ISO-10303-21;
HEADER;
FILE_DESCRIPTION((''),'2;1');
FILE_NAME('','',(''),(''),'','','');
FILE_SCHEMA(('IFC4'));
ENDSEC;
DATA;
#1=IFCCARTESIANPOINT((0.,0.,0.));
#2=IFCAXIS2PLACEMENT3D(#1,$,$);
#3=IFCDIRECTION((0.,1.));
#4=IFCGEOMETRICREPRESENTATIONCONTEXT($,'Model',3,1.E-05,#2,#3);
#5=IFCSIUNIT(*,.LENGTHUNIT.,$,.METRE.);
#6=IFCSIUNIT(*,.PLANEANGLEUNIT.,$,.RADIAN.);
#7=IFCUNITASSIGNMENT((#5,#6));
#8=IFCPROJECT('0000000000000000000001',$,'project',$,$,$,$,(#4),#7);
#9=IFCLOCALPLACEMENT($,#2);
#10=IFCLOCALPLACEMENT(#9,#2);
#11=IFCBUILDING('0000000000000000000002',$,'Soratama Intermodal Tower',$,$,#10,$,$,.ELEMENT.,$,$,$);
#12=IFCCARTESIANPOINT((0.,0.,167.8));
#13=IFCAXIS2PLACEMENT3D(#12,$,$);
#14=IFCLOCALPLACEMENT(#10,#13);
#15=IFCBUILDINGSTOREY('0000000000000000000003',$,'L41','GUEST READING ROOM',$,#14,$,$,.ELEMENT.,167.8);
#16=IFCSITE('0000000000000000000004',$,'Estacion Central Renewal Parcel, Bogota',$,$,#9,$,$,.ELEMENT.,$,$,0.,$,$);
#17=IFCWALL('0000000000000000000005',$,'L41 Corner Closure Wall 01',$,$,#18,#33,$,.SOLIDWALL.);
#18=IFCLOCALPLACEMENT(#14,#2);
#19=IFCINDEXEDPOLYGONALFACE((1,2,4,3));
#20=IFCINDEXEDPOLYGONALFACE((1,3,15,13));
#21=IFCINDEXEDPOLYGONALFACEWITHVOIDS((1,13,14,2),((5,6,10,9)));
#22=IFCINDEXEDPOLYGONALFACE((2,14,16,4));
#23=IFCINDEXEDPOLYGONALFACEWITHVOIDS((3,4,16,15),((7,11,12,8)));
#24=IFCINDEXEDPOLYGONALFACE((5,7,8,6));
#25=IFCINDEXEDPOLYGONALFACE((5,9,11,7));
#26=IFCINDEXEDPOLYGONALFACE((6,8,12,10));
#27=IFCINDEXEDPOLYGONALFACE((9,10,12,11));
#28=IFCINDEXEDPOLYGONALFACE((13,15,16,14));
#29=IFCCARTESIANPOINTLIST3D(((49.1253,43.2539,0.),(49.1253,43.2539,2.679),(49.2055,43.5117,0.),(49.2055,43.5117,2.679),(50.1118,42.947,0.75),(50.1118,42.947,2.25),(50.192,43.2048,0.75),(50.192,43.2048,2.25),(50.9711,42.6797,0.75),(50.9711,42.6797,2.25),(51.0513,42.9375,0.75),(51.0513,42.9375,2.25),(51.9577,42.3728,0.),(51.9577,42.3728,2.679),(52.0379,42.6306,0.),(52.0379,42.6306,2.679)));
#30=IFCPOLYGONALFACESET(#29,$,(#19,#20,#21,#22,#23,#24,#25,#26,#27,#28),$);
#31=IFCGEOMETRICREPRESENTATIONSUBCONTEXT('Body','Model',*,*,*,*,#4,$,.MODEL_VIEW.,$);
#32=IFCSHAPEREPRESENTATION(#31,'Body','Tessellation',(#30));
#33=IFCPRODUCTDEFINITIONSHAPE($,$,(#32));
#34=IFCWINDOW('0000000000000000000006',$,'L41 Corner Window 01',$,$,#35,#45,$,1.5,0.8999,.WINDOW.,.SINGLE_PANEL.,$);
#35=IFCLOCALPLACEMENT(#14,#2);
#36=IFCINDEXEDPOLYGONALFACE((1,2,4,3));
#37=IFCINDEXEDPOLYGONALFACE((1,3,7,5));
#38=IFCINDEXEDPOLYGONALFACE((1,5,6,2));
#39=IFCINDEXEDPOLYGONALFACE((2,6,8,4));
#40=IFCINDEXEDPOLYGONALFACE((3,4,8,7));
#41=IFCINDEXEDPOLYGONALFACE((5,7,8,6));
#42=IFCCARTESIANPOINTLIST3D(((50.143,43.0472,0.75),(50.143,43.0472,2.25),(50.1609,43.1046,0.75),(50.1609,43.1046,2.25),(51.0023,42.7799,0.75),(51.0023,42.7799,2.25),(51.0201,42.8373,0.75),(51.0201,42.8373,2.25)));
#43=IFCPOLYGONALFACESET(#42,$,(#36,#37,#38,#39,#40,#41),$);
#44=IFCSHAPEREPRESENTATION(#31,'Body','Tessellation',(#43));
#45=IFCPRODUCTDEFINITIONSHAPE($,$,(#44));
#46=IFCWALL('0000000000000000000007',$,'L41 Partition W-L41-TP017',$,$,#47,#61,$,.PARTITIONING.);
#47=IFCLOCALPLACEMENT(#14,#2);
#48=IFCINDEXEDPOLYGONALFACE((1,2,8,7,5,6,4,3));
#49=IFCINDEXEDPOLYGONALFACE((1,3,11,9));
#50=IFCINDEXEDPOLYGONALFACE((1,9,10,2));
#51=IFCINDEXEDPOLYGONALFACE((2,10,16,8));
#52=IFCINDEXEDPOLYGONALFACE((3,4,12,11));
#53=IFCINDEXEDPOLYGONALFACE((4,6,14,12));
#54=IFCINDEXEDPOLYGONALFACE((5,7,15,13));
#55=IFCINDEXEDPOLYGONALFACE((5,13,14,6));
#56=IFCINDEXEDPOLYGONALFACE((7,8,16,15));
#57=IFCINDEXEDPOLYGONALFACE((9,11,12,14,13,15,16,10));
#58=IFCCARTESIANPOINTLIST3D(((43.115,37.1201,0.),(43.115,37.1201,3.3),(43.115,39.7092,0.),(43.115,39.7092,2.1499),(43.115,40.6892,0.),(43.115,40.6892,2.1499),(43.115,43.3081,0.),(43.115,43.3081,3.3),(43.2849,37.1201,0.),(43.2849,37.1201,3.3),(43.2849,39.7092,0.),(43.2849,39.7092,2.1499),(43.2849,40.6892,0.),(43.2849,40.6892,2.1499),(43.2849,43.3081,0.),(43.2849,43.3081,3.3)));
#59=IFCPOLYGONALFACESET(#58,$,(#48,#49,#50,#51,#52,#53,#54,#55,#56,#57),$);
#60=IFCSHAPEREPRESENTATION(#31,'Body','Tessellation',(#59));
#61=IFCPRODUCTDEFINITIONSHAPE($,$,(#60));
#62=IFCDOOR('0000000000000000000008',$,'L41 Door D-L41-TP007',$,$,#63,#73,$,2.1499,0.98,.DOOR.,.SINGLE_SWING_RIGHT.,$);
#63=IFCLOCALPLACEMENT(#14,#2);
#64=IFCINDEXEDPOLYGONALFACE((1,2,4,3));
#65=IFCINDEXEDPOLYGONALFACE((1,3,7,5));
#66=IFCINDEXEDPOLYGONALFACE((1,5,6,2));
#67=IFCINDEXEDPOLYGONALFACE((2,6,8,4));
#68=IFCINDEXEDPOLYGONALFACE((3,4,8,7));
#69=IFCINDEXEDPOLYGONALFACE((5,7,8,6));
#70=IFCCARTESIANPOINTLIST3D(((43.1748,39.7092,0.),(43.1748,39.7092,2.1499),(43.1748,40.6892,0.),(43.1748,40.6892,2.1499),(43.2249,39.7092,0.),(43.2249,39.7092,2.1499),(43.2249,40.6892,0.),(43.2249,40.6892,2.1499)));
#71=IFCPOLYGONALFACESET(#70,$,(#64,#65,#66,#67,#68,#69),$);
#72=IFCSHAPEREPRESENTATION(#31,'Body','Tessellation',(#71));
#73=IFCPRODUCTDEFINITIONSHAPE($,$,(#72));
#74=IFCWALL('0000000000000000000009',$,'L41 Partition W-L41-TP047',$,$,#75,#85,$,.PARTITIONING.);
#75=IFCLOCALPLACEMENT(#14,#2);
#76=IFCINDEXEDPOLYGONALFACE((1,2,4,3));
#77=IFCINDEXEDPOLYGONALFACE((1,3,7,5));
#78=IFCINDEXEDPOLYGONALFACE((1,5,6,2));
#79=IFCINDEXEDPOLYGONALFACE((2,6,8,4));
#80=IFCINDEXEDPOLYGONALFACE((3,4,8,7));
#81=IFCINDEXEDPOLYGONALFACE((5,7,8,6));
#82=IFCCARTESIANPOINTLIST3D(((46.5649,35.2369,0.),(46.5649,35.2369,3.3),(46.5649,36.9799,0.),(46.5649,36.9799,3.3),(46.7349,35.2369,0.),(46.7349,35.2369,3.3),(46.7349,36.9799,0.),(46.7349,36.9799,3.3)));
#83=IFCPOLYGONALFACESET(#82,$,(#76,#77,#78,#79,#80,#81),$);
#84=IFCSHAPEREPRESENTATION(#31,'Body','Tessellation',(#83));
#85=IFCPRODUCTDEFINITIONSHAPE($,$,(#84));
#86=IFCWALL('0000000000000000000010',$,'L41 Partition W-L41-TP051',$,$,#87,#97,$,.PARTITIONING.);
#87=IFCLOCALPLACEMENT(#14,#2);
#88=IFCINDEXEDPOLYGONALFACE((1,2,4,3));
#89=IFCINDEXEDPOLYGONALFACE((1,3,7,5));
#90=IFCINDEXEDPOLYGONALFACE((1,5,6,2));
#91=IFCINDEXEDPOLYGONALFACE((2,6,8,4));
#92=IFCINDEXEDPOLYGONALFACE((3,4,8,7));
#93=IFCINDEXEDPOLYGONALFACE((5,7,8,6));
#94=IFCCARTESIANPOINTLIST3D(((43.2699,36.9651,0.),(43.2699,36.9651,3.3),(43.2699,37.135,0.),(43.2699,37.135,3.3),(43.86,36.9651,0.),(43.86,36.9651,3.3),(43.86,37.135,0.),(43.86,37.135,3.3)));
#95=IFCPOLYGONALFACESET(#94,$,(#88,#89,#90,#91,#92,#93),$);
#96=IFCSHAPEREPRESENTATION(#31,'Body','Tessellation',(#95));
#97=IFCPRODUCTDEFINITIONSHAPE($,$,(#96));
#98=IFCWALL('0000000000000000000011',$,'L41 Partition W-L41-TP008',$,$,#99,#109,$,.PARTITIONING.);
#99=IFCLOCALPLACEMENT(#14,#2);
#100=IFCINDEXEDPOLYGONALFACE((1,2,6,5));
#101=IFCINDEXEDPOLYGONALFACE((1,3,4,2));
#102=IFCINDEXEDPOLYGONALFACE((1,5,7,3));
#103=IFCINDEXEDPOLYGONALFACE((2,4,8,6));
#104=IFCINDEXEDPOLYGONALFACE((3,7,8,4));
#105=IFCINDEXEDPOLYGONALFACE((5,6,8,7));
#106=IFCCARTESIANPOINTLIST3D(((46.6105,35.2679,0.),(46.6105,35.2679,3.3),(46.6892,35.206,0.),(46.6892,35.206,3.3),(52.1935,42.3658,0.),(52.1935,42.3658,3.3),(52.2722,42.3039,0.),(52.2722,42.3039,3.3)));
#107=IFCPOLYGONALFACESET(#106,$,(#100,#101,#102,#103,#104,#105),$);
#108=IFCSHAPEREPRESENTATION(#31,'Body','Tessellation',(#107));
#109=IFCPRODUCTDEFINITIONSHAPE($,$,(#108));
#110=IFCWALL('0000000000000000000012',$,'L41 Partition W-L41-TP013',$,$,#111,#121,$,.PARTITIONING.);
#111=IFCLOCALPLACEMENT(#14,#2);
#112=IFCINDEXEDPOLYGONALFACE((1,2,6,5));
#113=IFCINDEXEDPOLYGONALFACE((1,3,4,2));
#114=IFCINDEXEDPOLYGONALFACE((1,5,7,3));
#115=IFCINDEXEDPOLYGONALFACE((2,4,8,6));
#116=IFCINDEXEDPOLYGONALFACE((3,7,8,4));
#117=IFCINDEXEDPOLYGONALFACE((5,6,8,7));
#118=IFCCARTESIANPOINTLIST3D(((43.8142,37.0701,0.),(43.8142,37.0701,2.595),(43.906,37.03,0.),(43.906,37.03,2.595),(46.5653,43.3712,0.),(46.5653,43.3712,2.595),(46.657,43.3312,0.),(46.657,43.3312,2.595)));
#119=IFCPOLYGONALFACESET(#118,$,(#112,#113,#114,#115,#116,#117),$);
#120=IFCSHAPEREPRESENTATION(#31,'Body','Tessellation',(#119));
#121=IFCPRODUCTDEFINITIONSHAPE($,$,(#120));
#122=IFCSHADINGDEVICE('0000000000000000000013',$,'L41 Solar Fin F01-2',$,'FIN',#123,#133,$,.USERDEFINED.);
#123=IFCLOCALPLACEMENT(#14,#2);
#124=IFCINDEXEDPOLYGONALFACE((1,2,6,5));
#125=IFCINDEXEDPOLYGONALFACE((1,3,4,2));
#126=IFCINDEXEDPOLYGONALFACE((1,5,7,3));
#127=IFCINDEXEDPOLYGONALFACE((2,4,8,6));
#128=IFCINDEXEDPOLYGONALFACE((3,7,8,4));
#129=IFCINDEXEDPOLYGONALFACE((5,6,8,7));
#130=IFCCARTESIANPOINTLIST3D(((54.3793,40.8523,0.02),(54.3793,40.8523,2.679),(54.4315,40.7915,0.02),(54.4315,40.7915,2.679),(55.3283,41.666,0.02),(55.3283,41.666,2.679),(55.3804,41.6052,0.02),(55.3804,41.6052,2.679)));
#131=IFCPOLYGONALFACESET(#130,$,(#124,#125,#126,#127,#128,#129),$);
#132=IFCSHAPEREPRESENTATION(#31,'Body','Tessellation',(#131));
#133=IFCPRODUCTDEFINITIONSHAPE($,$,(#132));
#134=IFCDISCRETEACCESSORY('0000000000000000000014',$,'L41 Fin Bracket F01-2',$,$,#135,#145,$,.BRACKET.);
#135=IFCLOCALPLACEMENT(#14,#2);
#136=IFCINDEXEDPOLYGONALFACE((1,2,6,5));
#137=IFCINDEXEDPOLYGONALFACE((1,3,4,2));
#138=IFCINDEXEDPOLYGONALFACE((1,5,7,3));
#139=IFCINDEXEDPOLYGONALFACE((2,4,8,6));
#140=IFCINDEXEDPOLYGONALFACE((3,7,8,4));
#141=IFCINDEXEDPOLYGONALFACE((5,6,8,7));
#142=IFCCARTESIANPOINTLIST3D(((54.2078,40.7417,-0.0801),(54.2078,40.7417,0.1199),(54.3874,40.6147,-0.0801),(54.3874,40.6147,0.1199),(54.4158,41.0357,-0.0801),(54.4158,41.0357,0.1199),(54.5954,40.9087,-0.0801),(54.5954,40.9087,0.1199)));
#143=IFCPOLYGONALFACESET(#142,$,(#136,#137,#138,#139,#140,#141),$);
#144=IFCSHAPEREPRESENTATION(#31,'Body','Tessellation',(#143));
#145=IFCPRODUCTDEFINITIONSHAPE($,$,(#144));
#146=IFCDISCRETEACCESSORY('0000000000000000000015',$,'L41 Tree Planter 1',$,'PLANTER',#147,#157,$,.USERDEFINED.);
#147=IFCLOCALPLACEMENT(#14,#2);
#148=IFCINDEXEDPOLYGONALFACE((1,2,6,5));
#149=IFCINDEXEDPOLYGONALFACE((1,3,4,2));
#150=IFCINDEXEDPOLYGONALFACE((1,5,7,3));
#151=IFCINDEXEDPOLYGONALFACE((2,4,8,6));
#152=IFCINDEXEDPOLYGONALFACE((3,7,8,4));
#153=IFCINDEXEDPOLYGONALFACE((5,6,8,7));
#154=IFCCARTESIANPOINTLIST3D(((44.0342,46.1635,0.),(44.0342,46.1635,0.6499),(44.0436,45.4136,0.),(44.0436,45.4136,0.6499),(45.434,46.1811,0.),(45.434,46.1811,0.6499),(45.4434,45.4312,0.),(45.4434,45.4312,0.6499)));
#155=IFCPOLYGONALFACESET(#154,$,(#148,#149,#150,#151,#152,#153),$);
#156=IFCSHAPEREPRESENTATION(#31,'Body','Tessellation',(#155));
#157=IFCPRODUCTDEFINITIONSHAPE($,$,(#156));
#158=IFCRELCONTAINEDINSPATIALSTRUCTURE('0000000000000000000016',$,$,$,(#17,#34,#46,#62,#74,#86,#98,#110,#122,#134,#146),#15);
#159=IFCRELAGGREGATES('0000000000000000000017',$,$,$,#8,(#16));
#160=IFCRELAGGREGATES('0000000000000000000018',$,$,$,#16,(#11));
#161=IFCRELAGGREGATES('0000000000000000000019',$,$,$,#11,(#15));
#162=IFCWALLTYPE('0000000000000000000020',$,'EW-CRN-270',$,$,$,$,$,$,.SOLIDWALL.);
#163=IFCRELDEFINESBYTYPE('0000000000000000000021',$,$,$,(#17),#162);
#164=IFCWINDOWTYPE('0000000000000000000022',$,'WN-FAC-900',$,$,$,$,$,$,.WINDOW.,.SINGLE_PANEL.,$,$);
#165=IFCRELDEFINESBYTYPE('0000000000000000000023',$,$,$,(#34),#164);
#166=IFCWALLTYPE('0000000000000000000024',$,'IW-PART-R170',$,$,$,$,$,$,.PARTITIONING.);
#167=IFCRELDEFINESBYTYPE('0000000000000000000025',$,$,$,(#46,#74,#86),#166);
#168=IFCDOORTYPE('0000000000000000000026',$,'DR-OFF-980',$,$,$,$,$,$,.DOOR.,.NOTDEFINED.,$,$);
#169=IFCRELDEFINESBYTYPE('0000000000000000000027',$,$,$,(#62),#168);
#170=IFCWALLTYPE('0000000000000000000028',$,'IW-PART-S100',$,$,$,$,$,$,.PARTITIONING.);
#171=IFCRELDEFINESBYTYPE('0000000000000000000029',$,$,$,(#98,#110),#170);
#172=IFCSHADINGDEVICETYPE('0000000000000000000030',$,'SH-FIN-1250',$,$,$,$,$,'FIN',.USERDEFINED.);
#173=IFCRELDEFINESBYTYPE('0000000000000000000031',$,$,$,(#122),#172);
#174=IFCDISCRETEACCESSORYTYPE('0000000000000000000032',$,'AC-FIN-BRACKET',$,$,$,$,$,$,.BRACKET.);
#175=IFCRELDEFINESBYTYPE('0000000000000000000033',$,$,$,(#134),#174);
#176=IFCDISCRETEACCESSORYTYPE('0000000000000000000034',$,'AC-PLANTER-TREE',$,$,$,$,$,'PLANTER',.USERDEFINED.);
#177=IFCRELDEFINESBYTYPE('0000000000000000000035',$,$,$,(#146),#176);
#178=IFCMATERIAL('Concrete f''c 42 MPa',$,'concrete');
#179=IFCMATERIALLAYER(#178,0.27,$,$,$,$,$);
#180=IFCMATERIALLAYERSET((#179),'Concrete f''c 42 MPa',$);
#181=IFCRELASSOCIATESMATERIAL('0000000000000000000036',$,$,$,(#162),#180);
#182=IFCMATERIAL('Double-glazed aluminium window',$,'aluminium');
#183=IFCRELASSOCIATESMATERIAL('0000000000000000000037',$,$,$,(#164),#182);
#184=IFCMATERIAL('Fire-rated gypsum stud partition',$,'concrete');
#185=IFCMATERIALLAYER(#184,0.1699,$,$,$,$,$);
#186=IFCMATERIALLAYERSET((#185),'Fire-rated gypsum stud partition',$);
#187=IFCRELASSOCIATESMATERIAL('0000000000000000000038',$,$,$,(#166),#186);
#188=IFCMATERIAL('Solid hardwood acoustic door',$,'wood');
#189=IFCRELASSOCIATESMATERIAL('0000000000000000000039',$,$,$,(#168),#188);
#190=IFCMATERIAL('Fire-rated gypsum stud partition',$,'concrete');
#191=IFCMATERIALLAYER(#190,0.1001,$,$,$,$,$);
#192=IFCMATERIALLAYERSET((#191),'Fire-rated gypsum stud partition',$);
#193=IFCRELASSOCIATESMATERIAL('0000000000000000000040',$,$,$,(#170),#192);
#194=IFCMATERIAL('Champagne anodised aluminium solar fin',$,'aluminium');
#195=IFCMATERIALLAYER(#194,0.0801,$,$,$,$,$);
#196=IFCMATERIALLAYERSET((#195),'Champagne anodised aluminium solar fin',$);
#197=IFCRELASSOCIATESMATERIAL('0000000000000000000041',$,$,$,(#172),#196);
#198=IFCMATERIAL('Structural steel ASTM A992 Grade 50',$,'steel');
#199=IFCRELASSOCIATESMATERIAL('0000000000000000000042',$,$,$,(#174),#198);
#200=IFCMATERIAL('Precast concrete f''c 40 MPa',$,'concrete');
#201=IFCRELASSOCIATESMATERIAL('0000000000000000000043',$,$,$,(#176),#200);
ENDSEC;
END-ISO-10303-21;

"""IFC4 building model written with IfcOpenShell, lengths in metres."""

from ifc_helpers import new_model, si_unit, direction, frame, frame_2d, origin, origin_2d, place, context, subcontext, project, spatial, rectangle, extrude, material, layer, layer_set, type_object, element, fill, save


model = new_model("IFC4")

# Units and contexts
model_context = context("Model", 3, precision=1e-05, world=origin(), true_north=direction((0.0, 1.0)))
body_context = subcontext(model_context, "Body", "Model", "MODEL_VIEW")
ifc_project = project(units=[si_unit("LENGTHUNIT", "METRE"), si_unit("PLANEANGLEUNIT", "RADIAN")], contexts=[model_context])

# Site, building, storey
site_placement = place(None, origin())
site = spatial("IfcSite", under=ifc_project, at=site_placement, Name="Estacion Central Renewal Parcel, Bogota", CompositionType="ELEMENT", RefElevation=0.0)
building_placement = place(site_placement, origin())
building = spatial("IfcBuilding", under=site, at=building_placement, Name="Soratama Intermodal Tower", CompositionType="ELEMENT")
storey_placement = place(building_placement, frame((0.0, 0.0, 167.8)))
storey = spatial("IfcBuildingStorey", under=building, at=storey_placement, Name="L41", Description="GUEST READING ROOM", CompositionType="ELEMENT", Elevation=167.8)

# Wall, opening, window
ifc_material_1 = material(Name="Concrete f'c 42 MPa", Category="concrete")
ifc_layer_1 = layer(ifc_material_1, 0.27)
ifc_layer_set_1 = layer_set([ifc_layer_1], Name="Concrete f'c 42 MPa")
wall_type_1 = type_object("IfcWallType", Name="EW-CRN-270", PredefinedType="SOLIDWALL", material=ifc_layer_set_1)
wall_1_placement = place(storey_placement, frame((51.9978, 42.5017, 0.0), z_axis=(0.0, 0.0, 1.0), x_axis=(-0.954869, 0.297028, 0.0)))
wall_1 = element("IfcWall", 1, at=wall_1_placement, inside=storey, type_object=wall_type_1, Name="L41 Corner Closure Wall 01", PredefinedType="SOLIDWALL", context=body_context, shape_type="SweptSolid", body=[
    extrude(rectangle(XDim=2.9663, YDim=0.27, at=frame_2d((1.4832, 0.0))), origin(), (0.0, 0.0, 1.0), 2.679),
])
opening_1_placement = place(wall_1_placement, frame((1.0332, 0.0, 0.75)))
opening_1 = element("IfcOpeningElement", 2, at=opening_1_placement, cuts=wall_1, PredefinedType="OPENING", context=body_context, shape_type="SweptSolid", body=[
    extrude(rectangle(XDim=0.8999, YDim=1.5, at=frame_2d((0.45, 0.75))), frame((0.0, 0.145, 0.0), z_axis=(0.0, -1.0, 0.0), x_axis=(1.0, 0.0, 0.0)), (0.0, 0.0, 1.0), 0.29),
])
ifc_material_2 = material(Name="Double-glazed aluminium window", Category="aluminium")
window_type_1 = type_object("IfcWindowType", Name="WN-FAC-900", PartitioningType="SINGLE_PANEL", PredefinedType="WINDOW", material=ifc_material_2)
window_1_placement = place(opening_1_placement, origin())
window_1 = element("IfcWindow", 3, at=window_1_placement, inside=storey, type_object=window_type_1, Name="L41 Corner Window 01", OverallHeight=1.5, OverallWidth=0.8999, PartitioningType="SINGLE_PANEL", PredefinedType="WINDOW", context=body_context, shape_type="SweptSolid", body=[
    extrude(rectangle(XDim=0.8999, YDim=1.5, at=frame_2d((0.45, 0.75))), frame((0.0, 0.03, 0.0), z_axis=(0.0, -1.0, 0.0), x_axis=(1.0, 0.0, 0.0)), (0.0, 0.0, 1.0), 0.0601),
])
fill(opening_1, window_1)

# Wall, opening, door
ifc_material_3 = material(Name="Fire-rated gypsum stud partition", Category="concrete")
ifc_layer_2 = layer(ifc_material_3, 0.1699)
ifc_layer_set_2 = layer_set([ifc_layer_2], Name="Fire-rated gypsum stud partition")
wall_type_2 = type_object("IfcWallType", Name="IW-PART-R170", PredefinedType="PARTITIONING", material=ifc_layer_set_2)
wall_2_placement = place(storey_placement, frame((43.2, 43.3081, 0.0), z_axis=(0.0, 0.0, 1.0), x_axis=(0.0, -1.0, 0.0)))
wall_2 = element("IfcWall", 4, at=wall_2_placement, inside=storey, type_object=wall_type_2, Name="L41 Partition W-L41-TP017", PredefinedType="PARTITIONING", context=body_context, shape_type="SweptSolid", body=[
    extrude(rectangle(XDim=6.188, YDim=0.1699, at=frame_2d((3.094, 0.0))), origin(), (0.0, 0.0, 1.0), 3.3),
])
opening_2_placement = place(wall_2_placement, frame((2.6189, 0.0, 0.0)))
opening_2 = element("IfcOpeningElement", 5, at=opening_2_placement, cuts=wall_2, PredefinedType="OPENING", context=body_context, shape_type="SweptSolid", body=[
    extrude(rectangle(XDim=0.98, YDim=2.1499, at=frame_2d((0.49, 1.075))), frame((0.0, 0.095, 0.0), z_axis=(0.0, -1.0, 0.0), x_axis=(1.0, 0.0, 0.0)), (0.0, 0.0, 1.0), 0.1899),
])
ifc_material_4 = material(Name="Solid hardwood acoustic door", Category="wood")
door_type_1 = type_object("IfcDoorType", Name="DR-OFF-980", OperationType="NOTDEFINED", PredefinedType="DOOR", material=ifc_material_4)
door_1_placement = place(opening_2_placement, origin())
door_1 = element("IfcDoor", 6, at=door_1_placement, inside=storey, type_object=door_type_1, Name="L41 Door D-L41-TP007", OperationType="SINGLE_SWING_RIGHT", OverallHeight=2.1499, OverallWidth=0.98, PredefinedType="DOOR", context=body_context, shape_type="SweptSolid", body=[
    extrude(rectangle(XDim=0.98, YDim=2.1499, at=frame_2d((0.49, 1.075))), frame((0.0, 0.0249, 0.0), z_axis=(0.0, -1.0, 0.0), x_axis=(1.0, 0.0, 0.0)), (0.0, 0.0, 1.0), 0.05),
])
fill(opening_2, door_1)

# Walls
wall_3_placement = place(storey_placement, frame((46.6499, 36.98, 0.0), z_axis=(0.0, 0.0, 1.0), x_axis=(0.0, -1.0, 0.0)))
element("IfcWall", 7, at=wall_3_placement, inside=storey, type_object=wall_type_2, Name="L41 Partition W-L41-TP047", PredefinedType="PARTITIONING", context=body_context, shape_type="SweptSolid", body=[
    extrude(rectangle(XDim=1.7429, YDim=0.1699, at=frame_2d((0.8716, 0.0))), origin(), (0.0, 0.0, 1.0), 3.3),
])
wall_4_placement = place(storey_placement, frame((43.27, 37.05, 0.0), z_axis=(0.0, 0.0, 1.0), x_axis=(1.0, 0.0, 0.0)))
element("IfcWall", 8, at=wall_4_placement, inside=storey, type_object=wall_type_2, Name="L41 Partition W-L41-TP051", PredefinedType="PARTITIONING", context=body_context, shape_type="SweptSolid", body=[
    extrude(rectangle(XDim=0.5901, YDim=0.1699, at=frame_2d((0.2949, 0.0))), origin(), (0.0, 0.0, 1.0), 3.3),
])
ifc_material_5 = material(Name="Fire-rated gypsum stud partition", Category="concrete")
ifc_layer_3 = layer(ifc_material_5, 0.1001)
ifc_layer_set_3 = layer_set([ifc_layer_3], Name="Fire-rated gypsum stud partition")
wall_type_3 = type_object("IfcWallType", Name="IW-PART-S100", PredefinedType="PARTITIONING", material=ifc_layer_set_3)
wall_5_placement = place(storey_placement, frame((46.6499, 35.2371, 0.0), z_axis=(0.0, 0.0, 1.0), x_axis=(0.618238, 0.785991, 0.0)))
element("IfcWall", 9, at=wall_5_placement, inside=storey, type_object=wall_type_3, Name="L41 Partition W-L41-TP008", PredefinedType="PARTITIONING", context=body_context, shape_type="SweptSolid", body=[
    extrude(rectangle(XDim=9.0305, YDim=0.1001, at=frame_2d((4.5151, 0.0))), origin(), (0.0, 0.0, 1.0), 3.3),
])
wall_6_placement = place(storey_placement, frame((43.8601, 37.05, 0.0), z_axis=(0.0, 0.0, 1.0), x_axis=(0.40012, 0.916463, 0.0)))
element("IfcWall", 10, at=wall_6_placement, inside=storey, type_object=wall_type_3, Name="L41 Partition W-L41-TP013", PredefinedType="PARTITIONING", context=body_context, shape_type="SweptSolid", body=[
    extrude(rectangle(XDim=6.8755, YDim=0.1001, at=frame_2d((3.4377, 0.0))), origin(), (0.0, 0.0, 1.0), 2.595),
])

# Shading device
ifc_material_6 = material(Name="Champagne anodised aluminium solar fin", Category="aluminium")
ifc_layer_4 = layer(ifc_material_6, 0.0801)
ifc_layer_set_4 = layer_set([ifc_layer_4], Name="Champagne anodised aluminium solar fin")
shading_device_type = type_object("IfcShadingDeviceType", Name="SH-FIN-1250", ElementType="FIN", PredefinedType="USERDEFINED", material=ifc_layer_set_4)
shading_device_placement = place(storey_placement, frame((54.8799, 41.2288, 0.02), z_axis=(0.0, 0.0, 1.0), x_axis=(0.759158, 0.650907, 0.0)))
element("IfcShadingDevice", 11, at=shading_device_placement, inside=storey, type_object=shading_device_type, Name="L41 Solar Fin F01-2", ObjectType="FIN", PredefinedType="USERDEFINED", context=body_context, shape_type="SweptSolid", body=[
    extrude(rectangle(XDim=1.25, YDim=0.0801, at=origin_2d()), origin(), (0.0, 0.0, 1.0), 2.6589),
])

# Discrete accessories
ifc_material_7 = material(Name="Structural steel ASTM A992 Grade 50", Category="steel")
discrete_accessory_type_1 = type_object("IfcDiscreteAccessoryType", Name="AC-FIN-BRACKET", PredefinedType="BRACKET", material=ifc_material_7)
discrete_accessory_1_placement = place(storey_placement, frame((54.4016, 40.8252, -0.0801), z_axis=(0.0, 0.0, 1.0), x_axis=(0.577573, 0.816339, 0.0)))
element("IfcDiscreteAccessory", 12, at=discrete_accessory_1_placement, inside=storey, type_object=discrete_accessory_type_1, Name="L41 Fin Bracket F01-2", PredefinedType="BRACKET", context=body_context, shape_type="SweptSolid", body=[
    extrude(rectangle(XDim=0.3601, YDim=0.22, at=origin_2d()), origin(), (0.0, 0.0, 1.0), 0.2),
])
ifc_material_8 = material(Name="Precast concrete f'c 40 MPa", Category="concrete")
discrete_accessory_type_2 = type_object("IfcDiscreteAccessoryType", Name="AC-PLANTER-TREE", ElementType="PLANTER", PredefinedType="USERDEFINED", material=ifc_material_8)
discrete_accessory_2_placement = place(storey_placement, frame((44.7388, 45.7974, 0.0), z_axis=(0.0, 0.0, 1.0), x_axis=(-0.012566, 0.999921, 0.0)))
element("IfcDiscreteAccessory", 13, at=discrete_accessory_2_placement, inside=storey, type_object=discrete_accessory_type_2, Name="L41 Tree Planter 1", ObjectType="PLANTER", PredefinedType="USERDEFINED", context=body_context, shape_type="SweptSolid", body=[
    extrude(rectangle(XDim=0.75, YDim=1.3999, at=origin_2d()), origin(), (0.0, 0.0, 1.0), 0.6499),
])

save(model, "model.ifc")
